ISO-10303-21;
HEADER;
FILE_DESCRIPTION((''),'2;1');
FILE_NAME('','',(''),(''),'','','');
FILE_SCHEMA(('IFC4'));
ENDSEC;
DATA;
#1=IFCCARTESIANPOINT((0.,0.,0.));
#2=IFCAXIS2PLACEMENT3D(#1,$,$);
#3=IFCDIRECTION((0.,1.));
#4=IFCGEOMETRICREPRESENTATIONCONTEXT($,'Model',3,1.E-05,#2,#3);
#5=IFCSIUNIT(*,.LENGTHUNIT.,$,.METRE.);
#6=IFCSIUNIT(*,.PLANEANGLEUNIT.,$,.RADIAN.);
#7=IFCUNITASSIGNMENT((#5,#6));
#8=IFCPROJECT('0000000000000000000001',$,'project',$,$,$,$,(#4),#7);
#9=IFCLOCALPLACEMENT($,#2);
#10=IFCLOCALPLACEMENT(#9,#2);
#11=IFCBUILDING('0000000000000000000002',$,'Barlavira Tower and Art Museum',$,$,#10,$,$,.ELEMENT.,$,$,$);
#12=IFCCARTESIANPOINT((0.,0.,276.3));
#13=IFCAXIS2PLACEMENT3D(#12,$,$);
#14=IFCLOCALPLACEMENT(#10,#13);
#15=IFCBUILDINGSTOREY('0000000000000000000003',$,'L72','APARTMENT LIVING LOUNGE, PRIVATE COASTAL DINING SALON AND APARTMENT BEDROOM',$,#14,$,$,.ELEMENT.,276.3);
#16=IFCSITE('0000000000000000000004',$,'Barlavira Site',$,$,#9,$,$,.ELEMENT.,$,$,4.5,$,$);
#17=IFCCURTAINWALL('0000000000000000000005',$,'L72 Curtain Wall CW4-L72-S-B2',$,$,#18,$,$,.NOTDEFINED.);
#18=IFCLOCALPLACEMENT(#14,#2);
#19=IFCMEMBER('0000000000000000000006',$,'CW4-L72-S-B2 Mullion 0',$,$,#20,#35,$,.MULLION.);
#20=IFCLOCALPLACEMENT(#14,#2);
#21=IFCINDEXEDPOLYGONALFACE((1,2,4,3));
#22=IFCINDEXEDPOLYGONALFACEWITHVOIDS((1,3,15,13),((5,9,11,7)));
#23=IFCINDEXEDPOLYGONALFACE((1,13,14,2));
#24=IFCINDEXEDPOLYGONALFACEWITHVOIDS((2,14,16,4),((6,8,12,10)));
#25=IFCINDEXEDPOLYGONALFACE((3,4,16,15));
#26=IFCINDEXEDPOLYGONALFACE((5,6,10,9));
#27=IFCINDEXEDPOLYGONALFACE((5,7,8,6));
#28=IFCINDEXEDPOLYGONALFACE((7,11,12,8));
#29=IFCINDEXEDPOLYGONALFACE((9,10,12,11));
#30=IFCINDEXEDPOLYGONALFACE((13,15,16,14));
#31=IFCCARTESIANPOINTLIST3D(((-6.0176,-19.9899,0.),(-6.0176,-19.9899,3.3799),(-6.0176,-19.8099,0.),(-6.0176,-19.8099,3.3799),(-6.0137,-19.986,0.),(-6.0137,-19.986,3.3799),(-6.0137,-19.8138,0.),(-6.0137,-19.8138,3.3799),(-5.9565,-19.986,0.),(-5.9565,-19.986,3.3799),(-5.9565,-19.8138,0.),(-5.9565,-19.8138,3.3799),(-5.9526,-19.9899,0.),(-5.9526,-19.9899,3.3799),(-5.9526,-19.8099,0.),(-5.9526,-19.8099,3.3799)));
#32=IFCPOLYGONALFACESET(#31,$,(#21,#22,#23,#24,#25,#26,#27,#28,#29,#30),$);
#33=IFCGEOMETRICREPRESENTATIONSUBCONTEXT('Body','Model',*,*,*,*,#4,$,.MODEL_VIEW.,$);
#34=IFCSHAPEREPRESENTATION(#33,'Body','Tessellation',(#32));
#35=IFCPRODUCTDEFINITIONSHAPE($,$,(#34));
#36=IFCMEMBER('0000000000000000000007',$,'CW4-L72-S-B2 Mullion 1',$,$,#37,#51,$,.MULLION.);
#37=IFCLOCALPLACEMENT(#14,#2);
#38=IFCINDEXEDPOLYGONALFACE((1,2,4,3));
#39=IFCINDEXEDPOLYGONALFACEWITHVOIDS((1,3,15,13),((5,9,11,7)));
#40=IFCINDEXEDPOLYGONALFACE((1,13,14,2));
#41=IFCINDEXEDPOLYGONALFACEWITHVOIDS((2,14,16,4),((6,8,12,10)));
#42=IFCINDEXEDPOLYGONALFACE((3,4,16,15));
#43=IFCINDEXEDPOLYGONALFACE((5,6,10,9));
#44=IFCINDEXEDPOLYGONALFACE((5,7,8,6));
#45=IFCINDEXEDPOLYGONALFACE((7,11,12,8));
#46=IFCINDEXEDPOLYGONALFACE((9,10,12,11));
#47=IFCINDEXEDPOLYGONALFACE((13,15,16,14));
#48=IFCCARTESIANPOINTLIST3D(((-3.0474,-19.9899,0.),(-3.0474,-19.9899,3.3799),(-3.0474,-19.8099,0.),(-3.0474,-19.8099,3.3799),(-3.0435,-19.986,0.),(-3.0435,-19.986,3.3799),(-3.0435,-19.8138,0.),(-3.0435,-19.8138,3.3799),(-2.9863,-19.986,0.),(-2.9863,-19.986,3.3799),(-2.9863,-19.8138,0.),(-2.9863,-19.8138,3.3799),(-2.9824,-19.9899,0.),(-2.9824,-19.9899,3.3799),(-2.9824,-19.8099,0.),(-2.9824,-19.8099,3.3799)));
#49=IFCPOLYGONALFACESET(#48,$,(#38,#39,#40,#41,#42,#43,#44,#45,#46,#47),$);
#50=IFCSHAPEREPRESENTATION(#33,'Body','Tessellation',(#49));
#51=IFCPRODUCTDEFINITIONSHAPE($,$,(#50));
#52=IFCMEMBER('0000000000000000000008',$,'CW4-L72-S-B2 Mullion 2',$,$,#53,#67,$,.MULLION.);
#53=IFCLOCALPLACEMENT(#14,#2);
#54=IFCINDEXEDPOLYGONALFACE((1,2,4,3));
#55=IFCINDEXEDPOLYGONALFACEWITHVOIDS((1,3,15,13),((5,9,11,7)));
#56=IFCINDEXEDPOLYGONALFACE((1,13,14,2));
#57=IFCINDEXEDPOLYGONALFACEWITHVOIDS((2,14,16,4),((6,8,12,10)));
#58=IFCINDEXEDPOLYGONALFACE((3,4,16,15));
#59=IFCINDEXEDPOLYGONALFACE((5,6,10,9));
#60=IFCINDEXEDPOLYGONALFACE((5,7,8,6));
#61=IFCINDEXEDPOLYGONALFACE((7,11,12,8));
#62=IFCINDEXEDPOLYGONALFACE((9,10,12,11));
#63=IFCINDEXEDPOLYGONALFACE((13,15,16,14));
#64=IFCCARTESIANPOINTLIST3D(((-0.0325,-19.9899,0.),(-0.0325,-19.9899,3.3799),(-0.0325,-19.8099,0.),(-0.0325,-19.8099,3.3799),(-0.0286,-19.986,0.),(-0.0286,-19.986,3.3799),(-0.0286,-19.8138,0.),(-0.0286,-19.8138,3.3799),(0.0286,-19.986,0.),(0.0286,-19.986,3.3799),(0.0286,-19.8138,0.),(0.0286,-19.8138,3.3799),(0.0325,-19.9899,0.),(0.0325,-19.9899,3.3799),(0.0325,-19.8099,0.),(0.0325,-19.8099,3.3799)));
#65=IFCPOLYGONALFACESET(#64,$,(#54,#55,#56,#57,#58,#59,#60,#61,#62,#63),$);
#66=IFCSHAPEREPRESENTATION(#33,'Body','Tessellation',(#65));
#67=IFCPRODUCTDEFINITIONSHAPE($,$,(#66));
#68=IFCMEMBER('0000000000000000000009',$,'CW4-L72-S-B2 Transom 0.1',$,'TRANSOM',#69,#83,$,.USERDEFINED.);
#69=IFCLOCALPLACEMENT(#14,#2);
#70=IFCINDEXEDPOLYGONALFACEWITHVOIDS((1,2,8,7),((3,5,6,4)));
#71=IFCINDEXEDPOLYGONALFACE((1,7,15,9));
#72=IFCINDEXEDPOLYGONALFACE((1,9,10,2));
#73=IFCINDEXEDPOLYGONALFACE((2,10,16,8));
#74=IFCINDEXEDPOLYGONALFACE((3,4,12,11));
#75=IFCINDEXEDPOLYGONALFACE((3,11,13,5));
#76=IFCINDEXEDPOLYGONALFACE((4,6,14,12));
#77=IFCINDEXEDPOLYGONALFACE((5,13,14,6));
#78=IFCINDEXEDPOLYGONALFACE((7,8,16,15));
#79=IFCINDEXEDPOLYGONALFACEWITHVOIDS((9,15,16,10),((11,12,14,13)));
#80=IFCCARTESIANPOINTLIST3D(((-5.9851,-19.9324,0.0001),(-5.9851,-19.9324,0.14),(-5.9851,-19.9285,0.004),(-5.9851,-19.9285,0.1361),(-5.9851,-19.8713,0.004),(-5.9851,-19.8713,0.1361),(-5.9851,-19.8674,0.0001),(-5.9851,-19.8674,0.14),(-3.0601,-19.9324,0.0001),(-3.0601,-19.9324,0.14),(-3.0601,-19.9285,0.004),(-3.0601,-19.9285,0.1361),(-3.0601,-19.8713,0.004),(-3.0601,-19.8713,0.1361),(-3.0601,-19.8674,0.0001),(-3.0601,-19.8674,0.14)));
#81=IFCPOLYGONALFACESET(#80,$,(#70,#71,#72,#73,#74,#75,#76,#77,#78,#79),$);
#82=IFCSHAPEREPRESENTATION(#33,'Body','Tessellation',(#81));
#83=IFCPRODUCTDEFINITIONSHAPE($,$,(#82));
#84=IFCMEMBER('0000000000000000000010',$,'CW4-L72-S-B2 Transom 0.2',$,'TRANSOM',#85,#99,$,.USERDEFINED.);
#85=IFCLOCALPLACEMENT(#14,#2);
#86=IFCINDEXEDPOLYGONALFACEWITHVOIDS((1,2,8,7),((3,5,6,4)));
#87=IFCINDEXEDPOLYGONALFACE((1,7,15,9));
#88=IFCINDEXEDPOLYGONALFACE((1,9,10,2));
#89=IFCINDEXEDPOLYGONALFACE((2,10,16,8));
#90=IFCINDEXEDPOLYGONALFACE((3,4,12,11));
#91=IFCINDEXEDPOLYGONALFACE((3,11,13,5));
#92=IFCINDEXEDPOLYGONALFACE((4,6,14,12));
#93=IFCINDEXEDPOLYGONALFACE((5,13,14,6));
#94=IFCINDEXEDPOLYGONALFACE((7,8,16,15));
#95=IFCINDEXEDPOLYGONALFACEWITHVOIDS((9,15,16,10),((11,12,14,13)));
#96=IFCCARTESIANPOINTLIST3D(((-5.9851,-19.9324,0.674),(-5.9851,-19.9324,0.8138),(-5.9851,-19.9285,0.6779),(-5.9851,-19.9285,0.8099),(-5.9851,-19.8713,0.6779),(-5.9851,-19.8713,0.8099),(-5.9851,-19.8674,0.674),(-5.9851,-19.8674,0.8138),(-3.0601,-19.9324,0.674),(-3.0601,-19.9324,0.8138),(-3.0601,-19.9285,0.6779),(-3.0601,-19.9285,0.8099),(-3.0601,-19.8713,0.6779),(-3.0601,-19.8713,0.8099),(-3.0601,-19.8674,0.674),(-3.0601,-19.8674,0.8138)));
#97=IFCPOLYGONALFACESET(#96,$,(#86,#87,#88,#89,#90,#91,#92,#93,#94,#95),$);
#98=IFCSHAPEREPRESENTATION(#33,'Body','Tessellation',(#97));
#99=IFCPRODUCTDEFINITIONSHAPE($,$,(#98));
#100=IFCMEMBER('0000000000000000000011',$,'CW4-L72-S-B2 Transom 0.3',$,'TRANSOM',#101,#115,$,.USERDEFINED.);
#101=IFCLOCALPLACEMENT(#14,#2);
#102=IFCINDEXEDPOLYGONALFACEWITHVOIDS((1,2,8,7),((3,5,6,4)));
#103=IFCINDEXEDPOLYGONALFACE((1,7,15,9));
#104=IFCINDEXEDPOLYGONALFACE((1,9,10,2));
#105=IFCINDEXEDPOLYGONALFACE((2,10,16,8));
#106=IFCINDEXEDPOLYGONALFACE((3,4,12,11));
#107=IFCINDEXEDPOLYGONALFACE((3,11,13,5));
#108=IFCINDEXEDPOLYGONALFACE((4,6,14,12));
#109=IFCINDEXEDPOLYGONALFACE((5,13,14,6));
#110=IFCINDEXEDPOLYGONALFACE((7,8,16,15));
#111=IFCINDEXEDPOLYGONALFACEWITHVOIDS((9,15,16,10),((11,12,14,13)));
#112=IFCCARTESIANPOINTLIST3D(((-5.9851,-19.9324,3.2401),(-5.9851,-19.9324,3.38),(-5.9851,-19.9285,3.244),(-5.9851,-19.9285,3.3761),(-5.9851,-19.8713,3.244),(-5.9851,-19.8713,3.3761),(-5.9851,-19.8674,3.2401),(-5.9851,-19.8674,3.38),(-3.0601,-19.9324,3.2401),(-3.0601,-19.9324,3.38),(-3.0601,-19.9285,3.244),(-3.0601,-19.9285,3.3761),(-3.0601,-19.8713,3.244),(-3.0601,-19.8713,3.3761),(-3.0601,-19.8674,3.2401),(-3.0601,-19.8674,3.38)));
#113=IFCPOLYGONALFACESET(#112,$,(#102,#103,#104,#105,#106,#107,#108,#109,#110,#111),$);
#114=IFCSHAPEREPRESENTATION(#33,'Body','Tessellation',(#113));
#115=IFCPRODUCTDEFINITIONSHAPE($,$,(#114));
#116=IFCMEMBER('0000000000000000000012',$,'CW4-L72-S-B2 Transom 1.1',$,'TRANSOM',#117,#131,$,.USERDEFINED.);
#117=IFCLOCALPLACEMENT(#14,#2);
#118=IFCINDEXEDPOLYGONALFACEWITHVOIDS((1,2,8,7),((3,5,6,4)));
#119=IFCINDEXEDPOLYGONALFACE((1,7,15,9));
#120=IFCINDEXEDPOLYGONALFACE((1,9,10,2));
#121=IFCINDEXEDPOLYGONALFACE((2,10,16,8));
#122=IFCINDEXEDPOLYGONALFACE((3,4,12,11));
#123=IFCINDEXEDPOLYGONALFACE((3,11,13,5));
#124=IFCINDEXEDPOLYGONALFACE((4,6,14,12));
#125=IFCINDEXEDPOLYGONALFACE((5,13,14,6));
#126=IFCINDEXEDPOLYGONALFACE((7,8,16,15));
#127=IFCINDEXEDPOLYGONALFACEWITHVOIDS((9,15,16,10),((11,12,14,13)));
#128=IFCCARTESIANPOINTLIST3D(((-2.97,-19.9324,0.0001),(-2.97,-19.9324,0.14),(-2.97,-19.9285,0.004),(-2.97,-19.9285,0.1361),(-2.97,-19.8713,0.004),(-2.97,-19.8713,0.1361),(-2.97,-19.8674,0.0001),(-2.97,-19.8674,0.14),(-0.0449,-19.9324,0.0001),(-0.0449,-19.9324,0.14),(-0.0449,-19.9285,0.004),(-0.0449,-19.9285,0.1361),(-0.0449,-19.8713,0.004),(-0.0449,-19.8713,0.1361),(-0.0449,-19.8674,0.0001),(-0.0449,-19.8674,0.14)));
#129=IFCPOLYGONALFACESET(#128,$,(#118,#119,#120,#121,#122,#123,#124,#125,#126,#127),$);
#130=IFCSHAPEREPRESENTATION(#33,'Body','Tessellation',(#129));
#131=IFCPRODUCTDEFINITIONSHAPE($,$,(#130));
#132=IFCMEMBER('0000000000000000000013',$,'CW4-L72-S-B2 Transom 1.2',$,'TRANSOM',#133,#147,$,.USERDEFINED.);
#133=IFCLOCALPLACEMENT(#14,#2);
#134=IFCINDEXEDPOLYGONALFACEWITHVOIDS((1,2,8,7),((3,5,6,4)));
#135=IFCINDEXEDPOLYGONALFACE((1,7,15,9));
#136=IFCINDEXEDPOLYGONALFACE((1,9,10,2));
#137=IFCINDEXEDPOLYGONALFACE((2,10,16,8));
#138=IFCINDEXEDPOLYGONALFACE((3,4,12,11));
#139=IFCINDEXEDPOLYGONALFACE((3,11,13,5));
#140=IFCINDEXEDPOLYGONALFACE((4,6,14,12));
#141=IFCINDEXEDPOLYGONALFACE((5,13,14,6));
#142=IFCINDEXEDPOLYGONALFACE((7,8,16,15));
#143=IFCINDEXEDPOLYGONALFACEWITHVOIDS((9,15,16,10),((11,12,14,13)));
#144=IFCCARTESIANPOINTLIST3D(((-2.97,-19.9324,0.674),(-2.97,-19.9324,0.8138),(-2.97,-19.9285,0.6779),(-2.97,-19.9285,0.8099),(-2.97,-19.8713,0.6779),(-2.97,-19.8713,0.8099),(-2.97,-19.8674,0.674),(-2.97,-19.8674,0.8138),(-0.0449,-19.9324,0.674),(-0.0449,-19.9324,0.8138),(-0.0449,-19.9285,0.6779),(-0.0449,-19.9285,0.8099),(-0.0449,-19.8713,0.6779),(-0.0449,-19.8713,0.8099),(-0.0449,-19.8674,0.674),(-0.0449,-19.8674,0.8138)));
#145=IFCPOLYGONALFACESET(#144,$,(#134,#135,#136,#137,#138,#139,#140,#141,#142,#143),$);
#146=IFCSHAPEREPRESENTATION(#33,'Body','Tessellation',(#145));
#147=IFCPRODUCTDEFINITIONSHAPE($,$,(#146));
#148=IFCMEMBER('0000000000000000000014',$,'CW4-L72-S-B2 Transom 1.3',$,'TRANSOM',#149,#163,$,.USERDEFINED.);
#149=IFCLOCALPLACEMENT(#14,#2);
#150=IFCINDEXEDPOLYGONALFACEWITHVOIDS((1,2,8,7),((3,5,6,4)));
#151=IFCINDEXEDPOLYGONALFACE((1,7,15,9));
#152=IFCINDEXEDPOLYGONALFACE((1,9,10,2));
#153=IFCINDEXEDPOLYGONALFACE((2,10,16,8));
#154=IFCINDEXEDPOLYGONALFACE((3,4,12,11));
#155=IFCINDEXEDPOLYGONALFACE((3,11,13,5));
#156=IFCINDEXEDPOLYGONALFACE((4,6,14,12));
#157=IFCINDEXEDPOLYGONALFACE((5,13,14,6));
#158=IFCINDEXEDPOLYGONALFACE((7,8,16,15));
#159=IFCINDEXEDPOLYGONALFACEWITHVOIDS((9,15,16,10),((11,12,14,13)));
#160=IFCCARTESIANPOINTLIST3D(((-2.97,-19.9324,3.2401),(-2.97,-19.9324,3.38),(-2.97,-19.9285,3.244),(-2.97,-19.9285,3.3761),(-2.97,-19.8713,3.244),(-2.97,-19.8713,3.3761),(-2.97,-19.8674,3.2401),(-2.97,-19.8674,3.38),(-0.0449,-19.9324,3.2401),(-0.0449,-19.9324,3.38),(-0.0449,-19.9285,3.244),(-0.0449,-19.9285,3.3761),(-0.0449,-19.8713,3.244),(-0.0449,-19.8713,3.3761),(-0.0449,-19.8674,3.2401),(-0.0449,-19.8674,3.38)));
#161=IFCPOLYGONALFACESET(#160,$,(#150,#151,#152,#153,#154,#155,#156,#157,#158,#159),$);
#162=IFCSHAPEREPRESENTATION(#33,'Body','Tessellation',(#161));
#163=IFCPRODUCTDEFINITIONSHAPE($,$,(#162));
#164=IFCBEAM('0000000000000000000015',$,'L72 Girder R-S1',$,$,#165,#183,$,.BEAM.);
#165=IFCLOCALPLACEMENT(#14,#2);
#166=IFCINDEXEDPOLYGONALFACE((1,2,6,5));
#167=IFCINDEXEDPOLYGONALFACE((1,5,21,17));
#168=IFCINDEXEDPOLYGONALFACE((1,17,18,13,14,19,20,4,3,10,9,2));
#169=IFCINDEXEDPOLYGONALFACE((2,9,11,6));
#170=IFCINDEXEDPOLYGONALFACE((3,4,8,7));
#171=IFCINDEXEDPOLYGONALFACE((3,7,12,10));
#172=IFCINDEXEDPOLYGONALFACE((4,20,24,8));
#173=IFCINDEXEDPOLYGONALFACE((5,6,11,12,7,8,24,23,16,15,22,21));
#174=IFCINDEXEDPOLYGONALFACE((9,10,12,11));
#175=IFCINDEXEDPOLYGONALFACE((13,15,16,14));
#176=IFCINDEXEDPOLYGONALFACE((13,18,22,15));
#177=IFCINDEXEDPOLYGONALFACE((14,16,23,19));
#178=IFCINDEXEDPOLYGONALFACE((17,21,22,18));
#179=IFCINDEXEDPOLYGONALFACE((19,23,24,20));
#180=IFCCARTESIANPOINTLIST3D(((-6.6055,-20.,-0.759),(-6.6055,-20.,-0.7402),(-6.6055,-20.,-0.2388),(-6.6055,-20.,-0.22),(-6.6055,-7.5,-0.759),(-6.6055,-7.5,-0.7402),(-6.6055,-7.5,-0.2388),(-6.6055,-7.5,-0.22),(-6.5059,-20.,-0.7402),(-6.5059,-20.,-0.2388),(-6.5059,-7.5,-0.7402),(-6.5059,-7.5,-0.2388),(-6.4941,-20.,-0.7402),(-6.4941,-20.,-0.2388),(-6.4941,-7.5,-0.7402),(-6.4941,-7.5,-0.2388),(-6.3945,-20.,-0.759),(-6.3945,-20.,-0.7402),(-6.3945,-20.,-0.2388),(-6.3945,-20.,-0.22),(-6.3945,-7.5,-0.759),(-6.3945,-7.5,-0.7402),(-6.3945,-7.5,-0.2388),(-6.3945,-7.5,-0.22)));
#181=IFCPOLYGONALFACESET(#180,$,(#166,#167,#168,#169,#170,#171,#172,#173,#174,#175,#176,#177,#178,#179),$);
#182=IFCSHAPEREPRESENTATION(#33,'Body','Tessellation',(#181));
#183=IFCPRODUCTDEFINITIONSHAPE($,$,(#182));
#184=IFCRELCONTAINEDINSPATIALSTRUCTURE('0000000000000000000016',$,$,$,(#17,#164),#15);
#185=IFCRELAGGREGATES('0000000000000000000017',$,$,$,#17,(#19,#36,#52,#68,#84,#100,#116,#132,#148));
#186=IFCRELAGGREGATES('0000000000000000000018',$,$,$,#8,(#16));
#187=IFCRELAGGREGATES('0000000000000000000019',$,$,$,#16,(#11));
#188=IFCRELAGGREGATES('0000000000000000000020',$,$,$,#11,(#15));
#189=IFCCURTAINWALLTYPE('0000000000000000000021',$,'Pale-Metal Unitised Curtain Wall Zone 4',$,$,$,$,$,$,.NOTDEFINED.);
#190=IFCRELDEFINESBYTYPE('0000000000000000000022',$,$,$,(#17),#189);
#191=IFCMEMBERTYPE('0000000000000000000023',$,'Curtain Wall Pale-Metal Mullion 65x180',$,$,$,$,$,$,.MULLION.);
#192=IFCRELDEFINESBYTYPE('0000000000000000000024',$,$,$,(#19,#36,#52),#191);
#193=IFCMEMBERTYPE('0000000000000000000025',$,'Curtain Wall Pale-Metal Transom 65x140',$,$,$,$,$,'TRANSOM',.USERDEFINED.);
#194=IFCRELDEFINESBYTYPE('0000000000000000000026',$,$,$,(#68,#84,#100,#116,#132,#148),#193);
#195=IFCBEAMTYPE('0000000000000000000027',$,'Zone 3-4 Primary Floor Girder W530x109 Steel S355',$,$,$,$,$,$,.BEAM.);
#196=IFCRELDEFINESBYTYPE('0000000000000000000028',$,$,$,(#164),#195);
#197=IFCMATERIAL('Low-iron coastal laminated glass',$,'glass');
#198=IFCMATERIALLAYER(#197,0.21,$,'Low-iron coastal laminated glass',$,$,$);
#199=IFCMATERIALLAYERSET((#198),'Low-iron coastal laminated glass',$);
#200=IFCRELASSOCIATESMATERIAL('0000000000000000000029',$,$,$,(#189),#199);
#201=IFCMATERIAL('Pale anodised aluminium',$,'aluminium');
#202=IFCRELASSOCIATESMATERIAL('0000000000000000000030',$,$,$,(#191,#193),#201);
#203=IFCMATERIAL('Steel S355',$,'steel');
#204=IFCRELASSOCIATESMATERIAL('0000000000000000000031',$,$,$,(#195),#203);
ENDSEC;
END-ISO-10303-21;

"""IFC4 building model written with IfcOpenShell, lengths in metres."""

from ifc_helpers import new_model, si_unit, direction, frame, origin, origin_2d, place, context, subcontext, project, spatial, hollow_rectangle, i_section, extrude, material, layer, layer_set, material_profile, profile_set, type_object, element, aggregate, save


model = new_model("IFC4")

# Units and contexts
model_context = context("Model", 3, precision=1e-05, world=origin(), true_north=direction((0.0, 1.0)))
body_context = subcontext(model_context, "Body", "Model", "MODEL_VIEW")
ifc_project = project(units=[si_unit("LENGTHUNIT", "METRE"), si_unit("PLANEANGLEUNIT", "RADIAN")], contexts=[model_context])

# Site, building, storey
site_placement = place(None, origin())
site = spatial("IfcSite", under=ifc_project, at=site_placement, Name="Barlavira Site", CompositionType="ELEMENT", RefElevation=4.5)
building_placement = place(site_placement, origin())
building = spatial("IfcBuilding", under=site, at=building_placement, Name="Barlavira Tower and Art Museum", CompositionType="ELEMENT")
storey_placement = place(building_placement, frame((0.0, 0.0, 276.3)))
storey = spatial("IfcBuildingStorey", under=building, at=storey_placement, Name="L72", Description="APARTMENT LIVING LOUNGE, PRIVATE COASTAL DINING SALON AND APARTMENT BEDROOM", CompositionType="ELEMENT", Elevation=276.3)

# Curtain wall, members
ifc_material_1 = material(Name="Low-iron coastal laminated glass", Category="glass")
ifc_layer_1 = layer(ifc_material_1, 0.21, Name="Low-iron coastal laminated glass")
ifc_layer_set_1 = layer_set([ifc_layer_1], Name="Low-iron coastal laminated glass")
curtain_wall_type = type_object("IfcCurtainWallType", Name="Pale-Metal Unitised Curtain Wall Zone 4", PredefinedType="NOTDEFINED", material=ifc_layer_set_1)
curtain_wall_placement = place(storey_placement, origin())
curtain_wall = element("IfcCurtainWall", 1, at=curtain_wall_placement, inside=storey, type_object=curtain_wall_type, Name="L72 Curtain Wall CW4-L72-S-B2", PredefinedType="NOTDEFINED")
ifc_material_2 = material(Name="Pale anodised aluminium", Category="aluminium")
ifc_material_profile_1 = material_profile(ifc_material_2, hollow_rectangle(XDim=0.0649, YDim=0.1799, WallThickness=0.0039, at=origin_2d()), Name="ALU-MULL 65x180x4")
ifc_profile_set_1 = profile_set([ifc_material_profile_1], Name="Pale anodised aluminium")
member_type_1 = type_object("IfcMemberType", Name="Curtain Wall Pale-Metal Mullion 65x180", PredefinedType="MULLION", material=ifc_profile_set_1)
member_1_placement = place(storey_placement, frame((-5.9851, -19.8999, 0.0), z_axis=(0.0, 0.0, 1.0), x_axis=(1.0, 0.0, 0.0)))
member_1 = element("IfcMember", 2, at=member_1_placement, type_object=member_type_1, Name="CW4-L72-S-B2 Mullion 0", PredefinedType="MULLION", context=body_context, shape_type="SweptSolid", body=[
    extrude(hollow_rectangle(XDim=0.0649, YDim=0.1799, WallThickness=0.0039, at=origin_2d()), origin(), (0.0, 0.0, 1.0), 3.3799),
])
member_2_placement = place(storey_placement, frame((-3.0149, -19.8999, 0.0), z_axis=(0.0, 0.0, 1.0), x_axis=(1.0, 0.0, 0.0)))
member_2 = element("IfcMember", 3, at=member_2_placement, type_object=member_type_1, Name="CW4-L72-S-B2 Mullion 1", PredefinedType="MULLION", context=body_context, shape_type="SweptSolid", body=[
    extrude(hollow_rectangle(XDim=0.0649, YDim=0.1799, WallThickness=0.0039, at=origin_2d()), origin(), (0.0, 0.0, 1.0), 3.3799),
])
member_3_placement = place(storey_placement, frame((0.0, -19.8999, 0.0), z_axis=(0.0, 0.0, 1.0), x_axis=(1.0, 0.0, 0.0)))
member_3 = element("IfcMember", 4, at=member_3_placement, type_object=member_type_1, Name="CW4-L72-S-B2 Mullion 2", PredefinedType="MULLION", context=body_context, shape_type="SweptSolid", body=[
    extrude(hollow_rectangle(XDim=0.0649, YDim=0.1799, WallThickness=0.0039, at=origin_2d()), origin(), (0.0, 0.0, 1.0), 3.3799),
])
ifc_material_profile_2 = material_profile(ifc_material_2, hollow_rectangle(XDim=0.0649, YDim=0.1399, WallThickness=0.0039, at=origin_2d()), Name="ALU-TRAN 65x140x4")
ifc_profile_set_2 = profile_set([ifc_material_profile_2], Name="Pale anodised aluminium")
member_type_2 = type_object("IfcMemberType", Name="Curtain Wall Pale-Metal Transom 65x140", ElementType="TRANSOM", PredefinedType="USERDEFINED", material=ifc_profile_set_2)
member_4_placement = place(storey_placement, frame((-5.9851, -19.8999, 0.0701), z_axis=(1.0, 0.0, 0.0), x_axis=(0.0, 1.0, 0.0)))
member_4 = element("IfcMember", 5, at=member_4_placement, type_object=member_type_2, Name="CW4-L72-S-B2 Transom 0.1", ObjectType="TRANSOM", PredefinedType="USERDEFINED", context=body_context, shape_type="SweptSolid", body=[
    extrude(hollow_rectangle(XDim=0.0649, YDim=0.1399, WallThickness=0.0039, at=origin_2d()), origin(), (0.0, 0.0, 1.0), 2.925),
])
member_5_placement = place(storey_placement, frame((-5.9851, -19.8999, 0.7439), z_axis=(1.0, 0.0, 0.0), x_axis=(0.0, 1.0, 0.0)))
member_5 = element("IfcMember", 6, at=member_5_placement, type_object=member_type_2, Name="CW4-L72-S-B2 Transom 0.2", ObjectType="TRANSOM", PredefinedType="USERDEFINED", context=body_context, shape_type="SweptSolid", body=[
    extrude(hollow_rectangle(XDim=0.0649, YDim=0.1399, WallThickness=0.0039, at=origin_2d()), origin(), (0.0, 0.0, 1.0), 2.925),
])
member_6_placement = place(storey_placement, frame((-5.9851, -19.8999, 3.3101), z_axis=(1.0, 0.0, 0.0), x_axis=(0.0, 1.0, 0.0)))
member_6 = element("IfcMember", 7, at=member_6_placement, type_object=member_type_2, Name="CW4-L72-S-B2 Transom 0.3", ObjectType="TRANSOM", PredefinedType="USERDEFINED", context=body_context, shape_type="SweptSolid", body=[
    extrude(hollow_rectangle(XDim=0.0649, YDim=0.1399, WallThickness=0.0039, at=origin_2d()), origin(), (0.0, 0.0, 1.0), 2.925),
])
member_7_placement = place(storey_placement, frame((-2.97, -19.8999, 0.0701), z_axis=(1.0, 0.0, 0.0), x_axis=(0.0, 1.0, 0.0)))
member_7 = element("IfcMember", 8, at=member_7_placement, type_object=member_type_2, Name="CW4-L72-S-B2 Transom 1.1", ObjectType="TRANSOM", PredefinedType="USERDEFINED", context=body_context, shape_type="SweptSolid", body=[
    extrude(hollow_rectangle(XDim=0.0649, YDim=0.1399, WallThickness=0.0039, at=origin_2d()), origin(), (0.0, 0.0, 1.0), 2.925),
])
member_8_placement = place(storey_placement, frame((-2.97, -19.8999, 0.7439), z_axis=(1.0, 0.0, 0.0), x_axis=(0.0, 1.0, 0.0)))
member_8 = element("IfcMember", 9, at=member_8_placement, type_object=member_type_2, Name="CW4-L72-S-B2 Transom 1.2", ObjectType="TRANSOM", PredefinedType="USERDEFINED", context=body_context, shape_type="SweptSolid", body=[
    extrude(hollow_rectangle(XDim=0.0649, YDim=0.1399, WallThickness=0.0039, at=origin_2d()), origin(), (0.0, 0.0, 1.0), 2.925),
])
member_9_placement = place(storey_placement, frame((-2.97, -19.8999, 3.3101), z_axis=(1.0, 0.0, 0.0), x_axis=(0.0, 1.0, 0.0)))
member_9 = element("IfcMember", 10, at=member_9_placement, type_object=member_type_2, Name="CW4-L72-S-B2 Transom 1.3", ObjectType="TRANSOM", PredefinedType="USERDEFINED", context=body_context, shape_type="SweptSolid", body=[
    extrude(hollow_rectangle(XDim=0.0649, YDim=0.1399, WallThickness=0.0039, at=origin_2d()), origin(), (0.0, 0.0, 1.0), 2.925),
])

# Beam
ifc_material_3 = material(Name="Steel S355", Category="steel")
ifc_material_profile_3 = material_profile(ifc_material_3, i_section(OverallWidth=0.2109, OverallDepth=0.5391, WebThickness=0.0117, FlangeThickness=0.0188, at=origin_2d()), Name="W530x109.0")
ifc_profile_set_3 = profile_set([ifc_material_profile_3], Name="Steel S355")
beam_type_1 = type_object("IfcBeamType", Name="Zone 3-4 Primary Floor Girder W530x109 Steel S355", PredefinedType="BEAM", material=ifc_profile_set_3)
beam_1_placement = place(storey_placement, frame((-6.5, -20.0, -0.4895), z_axis=(0.0, 1.0, 0.0), x_axis=(-1.0, 0.0, 0.0)))
element("IfcBeam", 11, at=beam_1_placement, inside=storey, type_object=beam_type_1, Name="L72 Girder R-S1", PredefinedType="BEAM", context=body_context, shape_type="SweptSolid", body=[
    extrude(i_section(OverallWidth=0.2109, OverallDepth=0.5391, WebThickness=0.0117, FlangeThickness=0.0188, at=origin_2d()), origin(), (0.0, 0.0, 1.0), 12.5),
])

aggregate(curtain_wall, [member_1, member_2, member_3, member_4, member_5, member_6, member_7, member_8, member_9])

save(model, "model.ifc")
